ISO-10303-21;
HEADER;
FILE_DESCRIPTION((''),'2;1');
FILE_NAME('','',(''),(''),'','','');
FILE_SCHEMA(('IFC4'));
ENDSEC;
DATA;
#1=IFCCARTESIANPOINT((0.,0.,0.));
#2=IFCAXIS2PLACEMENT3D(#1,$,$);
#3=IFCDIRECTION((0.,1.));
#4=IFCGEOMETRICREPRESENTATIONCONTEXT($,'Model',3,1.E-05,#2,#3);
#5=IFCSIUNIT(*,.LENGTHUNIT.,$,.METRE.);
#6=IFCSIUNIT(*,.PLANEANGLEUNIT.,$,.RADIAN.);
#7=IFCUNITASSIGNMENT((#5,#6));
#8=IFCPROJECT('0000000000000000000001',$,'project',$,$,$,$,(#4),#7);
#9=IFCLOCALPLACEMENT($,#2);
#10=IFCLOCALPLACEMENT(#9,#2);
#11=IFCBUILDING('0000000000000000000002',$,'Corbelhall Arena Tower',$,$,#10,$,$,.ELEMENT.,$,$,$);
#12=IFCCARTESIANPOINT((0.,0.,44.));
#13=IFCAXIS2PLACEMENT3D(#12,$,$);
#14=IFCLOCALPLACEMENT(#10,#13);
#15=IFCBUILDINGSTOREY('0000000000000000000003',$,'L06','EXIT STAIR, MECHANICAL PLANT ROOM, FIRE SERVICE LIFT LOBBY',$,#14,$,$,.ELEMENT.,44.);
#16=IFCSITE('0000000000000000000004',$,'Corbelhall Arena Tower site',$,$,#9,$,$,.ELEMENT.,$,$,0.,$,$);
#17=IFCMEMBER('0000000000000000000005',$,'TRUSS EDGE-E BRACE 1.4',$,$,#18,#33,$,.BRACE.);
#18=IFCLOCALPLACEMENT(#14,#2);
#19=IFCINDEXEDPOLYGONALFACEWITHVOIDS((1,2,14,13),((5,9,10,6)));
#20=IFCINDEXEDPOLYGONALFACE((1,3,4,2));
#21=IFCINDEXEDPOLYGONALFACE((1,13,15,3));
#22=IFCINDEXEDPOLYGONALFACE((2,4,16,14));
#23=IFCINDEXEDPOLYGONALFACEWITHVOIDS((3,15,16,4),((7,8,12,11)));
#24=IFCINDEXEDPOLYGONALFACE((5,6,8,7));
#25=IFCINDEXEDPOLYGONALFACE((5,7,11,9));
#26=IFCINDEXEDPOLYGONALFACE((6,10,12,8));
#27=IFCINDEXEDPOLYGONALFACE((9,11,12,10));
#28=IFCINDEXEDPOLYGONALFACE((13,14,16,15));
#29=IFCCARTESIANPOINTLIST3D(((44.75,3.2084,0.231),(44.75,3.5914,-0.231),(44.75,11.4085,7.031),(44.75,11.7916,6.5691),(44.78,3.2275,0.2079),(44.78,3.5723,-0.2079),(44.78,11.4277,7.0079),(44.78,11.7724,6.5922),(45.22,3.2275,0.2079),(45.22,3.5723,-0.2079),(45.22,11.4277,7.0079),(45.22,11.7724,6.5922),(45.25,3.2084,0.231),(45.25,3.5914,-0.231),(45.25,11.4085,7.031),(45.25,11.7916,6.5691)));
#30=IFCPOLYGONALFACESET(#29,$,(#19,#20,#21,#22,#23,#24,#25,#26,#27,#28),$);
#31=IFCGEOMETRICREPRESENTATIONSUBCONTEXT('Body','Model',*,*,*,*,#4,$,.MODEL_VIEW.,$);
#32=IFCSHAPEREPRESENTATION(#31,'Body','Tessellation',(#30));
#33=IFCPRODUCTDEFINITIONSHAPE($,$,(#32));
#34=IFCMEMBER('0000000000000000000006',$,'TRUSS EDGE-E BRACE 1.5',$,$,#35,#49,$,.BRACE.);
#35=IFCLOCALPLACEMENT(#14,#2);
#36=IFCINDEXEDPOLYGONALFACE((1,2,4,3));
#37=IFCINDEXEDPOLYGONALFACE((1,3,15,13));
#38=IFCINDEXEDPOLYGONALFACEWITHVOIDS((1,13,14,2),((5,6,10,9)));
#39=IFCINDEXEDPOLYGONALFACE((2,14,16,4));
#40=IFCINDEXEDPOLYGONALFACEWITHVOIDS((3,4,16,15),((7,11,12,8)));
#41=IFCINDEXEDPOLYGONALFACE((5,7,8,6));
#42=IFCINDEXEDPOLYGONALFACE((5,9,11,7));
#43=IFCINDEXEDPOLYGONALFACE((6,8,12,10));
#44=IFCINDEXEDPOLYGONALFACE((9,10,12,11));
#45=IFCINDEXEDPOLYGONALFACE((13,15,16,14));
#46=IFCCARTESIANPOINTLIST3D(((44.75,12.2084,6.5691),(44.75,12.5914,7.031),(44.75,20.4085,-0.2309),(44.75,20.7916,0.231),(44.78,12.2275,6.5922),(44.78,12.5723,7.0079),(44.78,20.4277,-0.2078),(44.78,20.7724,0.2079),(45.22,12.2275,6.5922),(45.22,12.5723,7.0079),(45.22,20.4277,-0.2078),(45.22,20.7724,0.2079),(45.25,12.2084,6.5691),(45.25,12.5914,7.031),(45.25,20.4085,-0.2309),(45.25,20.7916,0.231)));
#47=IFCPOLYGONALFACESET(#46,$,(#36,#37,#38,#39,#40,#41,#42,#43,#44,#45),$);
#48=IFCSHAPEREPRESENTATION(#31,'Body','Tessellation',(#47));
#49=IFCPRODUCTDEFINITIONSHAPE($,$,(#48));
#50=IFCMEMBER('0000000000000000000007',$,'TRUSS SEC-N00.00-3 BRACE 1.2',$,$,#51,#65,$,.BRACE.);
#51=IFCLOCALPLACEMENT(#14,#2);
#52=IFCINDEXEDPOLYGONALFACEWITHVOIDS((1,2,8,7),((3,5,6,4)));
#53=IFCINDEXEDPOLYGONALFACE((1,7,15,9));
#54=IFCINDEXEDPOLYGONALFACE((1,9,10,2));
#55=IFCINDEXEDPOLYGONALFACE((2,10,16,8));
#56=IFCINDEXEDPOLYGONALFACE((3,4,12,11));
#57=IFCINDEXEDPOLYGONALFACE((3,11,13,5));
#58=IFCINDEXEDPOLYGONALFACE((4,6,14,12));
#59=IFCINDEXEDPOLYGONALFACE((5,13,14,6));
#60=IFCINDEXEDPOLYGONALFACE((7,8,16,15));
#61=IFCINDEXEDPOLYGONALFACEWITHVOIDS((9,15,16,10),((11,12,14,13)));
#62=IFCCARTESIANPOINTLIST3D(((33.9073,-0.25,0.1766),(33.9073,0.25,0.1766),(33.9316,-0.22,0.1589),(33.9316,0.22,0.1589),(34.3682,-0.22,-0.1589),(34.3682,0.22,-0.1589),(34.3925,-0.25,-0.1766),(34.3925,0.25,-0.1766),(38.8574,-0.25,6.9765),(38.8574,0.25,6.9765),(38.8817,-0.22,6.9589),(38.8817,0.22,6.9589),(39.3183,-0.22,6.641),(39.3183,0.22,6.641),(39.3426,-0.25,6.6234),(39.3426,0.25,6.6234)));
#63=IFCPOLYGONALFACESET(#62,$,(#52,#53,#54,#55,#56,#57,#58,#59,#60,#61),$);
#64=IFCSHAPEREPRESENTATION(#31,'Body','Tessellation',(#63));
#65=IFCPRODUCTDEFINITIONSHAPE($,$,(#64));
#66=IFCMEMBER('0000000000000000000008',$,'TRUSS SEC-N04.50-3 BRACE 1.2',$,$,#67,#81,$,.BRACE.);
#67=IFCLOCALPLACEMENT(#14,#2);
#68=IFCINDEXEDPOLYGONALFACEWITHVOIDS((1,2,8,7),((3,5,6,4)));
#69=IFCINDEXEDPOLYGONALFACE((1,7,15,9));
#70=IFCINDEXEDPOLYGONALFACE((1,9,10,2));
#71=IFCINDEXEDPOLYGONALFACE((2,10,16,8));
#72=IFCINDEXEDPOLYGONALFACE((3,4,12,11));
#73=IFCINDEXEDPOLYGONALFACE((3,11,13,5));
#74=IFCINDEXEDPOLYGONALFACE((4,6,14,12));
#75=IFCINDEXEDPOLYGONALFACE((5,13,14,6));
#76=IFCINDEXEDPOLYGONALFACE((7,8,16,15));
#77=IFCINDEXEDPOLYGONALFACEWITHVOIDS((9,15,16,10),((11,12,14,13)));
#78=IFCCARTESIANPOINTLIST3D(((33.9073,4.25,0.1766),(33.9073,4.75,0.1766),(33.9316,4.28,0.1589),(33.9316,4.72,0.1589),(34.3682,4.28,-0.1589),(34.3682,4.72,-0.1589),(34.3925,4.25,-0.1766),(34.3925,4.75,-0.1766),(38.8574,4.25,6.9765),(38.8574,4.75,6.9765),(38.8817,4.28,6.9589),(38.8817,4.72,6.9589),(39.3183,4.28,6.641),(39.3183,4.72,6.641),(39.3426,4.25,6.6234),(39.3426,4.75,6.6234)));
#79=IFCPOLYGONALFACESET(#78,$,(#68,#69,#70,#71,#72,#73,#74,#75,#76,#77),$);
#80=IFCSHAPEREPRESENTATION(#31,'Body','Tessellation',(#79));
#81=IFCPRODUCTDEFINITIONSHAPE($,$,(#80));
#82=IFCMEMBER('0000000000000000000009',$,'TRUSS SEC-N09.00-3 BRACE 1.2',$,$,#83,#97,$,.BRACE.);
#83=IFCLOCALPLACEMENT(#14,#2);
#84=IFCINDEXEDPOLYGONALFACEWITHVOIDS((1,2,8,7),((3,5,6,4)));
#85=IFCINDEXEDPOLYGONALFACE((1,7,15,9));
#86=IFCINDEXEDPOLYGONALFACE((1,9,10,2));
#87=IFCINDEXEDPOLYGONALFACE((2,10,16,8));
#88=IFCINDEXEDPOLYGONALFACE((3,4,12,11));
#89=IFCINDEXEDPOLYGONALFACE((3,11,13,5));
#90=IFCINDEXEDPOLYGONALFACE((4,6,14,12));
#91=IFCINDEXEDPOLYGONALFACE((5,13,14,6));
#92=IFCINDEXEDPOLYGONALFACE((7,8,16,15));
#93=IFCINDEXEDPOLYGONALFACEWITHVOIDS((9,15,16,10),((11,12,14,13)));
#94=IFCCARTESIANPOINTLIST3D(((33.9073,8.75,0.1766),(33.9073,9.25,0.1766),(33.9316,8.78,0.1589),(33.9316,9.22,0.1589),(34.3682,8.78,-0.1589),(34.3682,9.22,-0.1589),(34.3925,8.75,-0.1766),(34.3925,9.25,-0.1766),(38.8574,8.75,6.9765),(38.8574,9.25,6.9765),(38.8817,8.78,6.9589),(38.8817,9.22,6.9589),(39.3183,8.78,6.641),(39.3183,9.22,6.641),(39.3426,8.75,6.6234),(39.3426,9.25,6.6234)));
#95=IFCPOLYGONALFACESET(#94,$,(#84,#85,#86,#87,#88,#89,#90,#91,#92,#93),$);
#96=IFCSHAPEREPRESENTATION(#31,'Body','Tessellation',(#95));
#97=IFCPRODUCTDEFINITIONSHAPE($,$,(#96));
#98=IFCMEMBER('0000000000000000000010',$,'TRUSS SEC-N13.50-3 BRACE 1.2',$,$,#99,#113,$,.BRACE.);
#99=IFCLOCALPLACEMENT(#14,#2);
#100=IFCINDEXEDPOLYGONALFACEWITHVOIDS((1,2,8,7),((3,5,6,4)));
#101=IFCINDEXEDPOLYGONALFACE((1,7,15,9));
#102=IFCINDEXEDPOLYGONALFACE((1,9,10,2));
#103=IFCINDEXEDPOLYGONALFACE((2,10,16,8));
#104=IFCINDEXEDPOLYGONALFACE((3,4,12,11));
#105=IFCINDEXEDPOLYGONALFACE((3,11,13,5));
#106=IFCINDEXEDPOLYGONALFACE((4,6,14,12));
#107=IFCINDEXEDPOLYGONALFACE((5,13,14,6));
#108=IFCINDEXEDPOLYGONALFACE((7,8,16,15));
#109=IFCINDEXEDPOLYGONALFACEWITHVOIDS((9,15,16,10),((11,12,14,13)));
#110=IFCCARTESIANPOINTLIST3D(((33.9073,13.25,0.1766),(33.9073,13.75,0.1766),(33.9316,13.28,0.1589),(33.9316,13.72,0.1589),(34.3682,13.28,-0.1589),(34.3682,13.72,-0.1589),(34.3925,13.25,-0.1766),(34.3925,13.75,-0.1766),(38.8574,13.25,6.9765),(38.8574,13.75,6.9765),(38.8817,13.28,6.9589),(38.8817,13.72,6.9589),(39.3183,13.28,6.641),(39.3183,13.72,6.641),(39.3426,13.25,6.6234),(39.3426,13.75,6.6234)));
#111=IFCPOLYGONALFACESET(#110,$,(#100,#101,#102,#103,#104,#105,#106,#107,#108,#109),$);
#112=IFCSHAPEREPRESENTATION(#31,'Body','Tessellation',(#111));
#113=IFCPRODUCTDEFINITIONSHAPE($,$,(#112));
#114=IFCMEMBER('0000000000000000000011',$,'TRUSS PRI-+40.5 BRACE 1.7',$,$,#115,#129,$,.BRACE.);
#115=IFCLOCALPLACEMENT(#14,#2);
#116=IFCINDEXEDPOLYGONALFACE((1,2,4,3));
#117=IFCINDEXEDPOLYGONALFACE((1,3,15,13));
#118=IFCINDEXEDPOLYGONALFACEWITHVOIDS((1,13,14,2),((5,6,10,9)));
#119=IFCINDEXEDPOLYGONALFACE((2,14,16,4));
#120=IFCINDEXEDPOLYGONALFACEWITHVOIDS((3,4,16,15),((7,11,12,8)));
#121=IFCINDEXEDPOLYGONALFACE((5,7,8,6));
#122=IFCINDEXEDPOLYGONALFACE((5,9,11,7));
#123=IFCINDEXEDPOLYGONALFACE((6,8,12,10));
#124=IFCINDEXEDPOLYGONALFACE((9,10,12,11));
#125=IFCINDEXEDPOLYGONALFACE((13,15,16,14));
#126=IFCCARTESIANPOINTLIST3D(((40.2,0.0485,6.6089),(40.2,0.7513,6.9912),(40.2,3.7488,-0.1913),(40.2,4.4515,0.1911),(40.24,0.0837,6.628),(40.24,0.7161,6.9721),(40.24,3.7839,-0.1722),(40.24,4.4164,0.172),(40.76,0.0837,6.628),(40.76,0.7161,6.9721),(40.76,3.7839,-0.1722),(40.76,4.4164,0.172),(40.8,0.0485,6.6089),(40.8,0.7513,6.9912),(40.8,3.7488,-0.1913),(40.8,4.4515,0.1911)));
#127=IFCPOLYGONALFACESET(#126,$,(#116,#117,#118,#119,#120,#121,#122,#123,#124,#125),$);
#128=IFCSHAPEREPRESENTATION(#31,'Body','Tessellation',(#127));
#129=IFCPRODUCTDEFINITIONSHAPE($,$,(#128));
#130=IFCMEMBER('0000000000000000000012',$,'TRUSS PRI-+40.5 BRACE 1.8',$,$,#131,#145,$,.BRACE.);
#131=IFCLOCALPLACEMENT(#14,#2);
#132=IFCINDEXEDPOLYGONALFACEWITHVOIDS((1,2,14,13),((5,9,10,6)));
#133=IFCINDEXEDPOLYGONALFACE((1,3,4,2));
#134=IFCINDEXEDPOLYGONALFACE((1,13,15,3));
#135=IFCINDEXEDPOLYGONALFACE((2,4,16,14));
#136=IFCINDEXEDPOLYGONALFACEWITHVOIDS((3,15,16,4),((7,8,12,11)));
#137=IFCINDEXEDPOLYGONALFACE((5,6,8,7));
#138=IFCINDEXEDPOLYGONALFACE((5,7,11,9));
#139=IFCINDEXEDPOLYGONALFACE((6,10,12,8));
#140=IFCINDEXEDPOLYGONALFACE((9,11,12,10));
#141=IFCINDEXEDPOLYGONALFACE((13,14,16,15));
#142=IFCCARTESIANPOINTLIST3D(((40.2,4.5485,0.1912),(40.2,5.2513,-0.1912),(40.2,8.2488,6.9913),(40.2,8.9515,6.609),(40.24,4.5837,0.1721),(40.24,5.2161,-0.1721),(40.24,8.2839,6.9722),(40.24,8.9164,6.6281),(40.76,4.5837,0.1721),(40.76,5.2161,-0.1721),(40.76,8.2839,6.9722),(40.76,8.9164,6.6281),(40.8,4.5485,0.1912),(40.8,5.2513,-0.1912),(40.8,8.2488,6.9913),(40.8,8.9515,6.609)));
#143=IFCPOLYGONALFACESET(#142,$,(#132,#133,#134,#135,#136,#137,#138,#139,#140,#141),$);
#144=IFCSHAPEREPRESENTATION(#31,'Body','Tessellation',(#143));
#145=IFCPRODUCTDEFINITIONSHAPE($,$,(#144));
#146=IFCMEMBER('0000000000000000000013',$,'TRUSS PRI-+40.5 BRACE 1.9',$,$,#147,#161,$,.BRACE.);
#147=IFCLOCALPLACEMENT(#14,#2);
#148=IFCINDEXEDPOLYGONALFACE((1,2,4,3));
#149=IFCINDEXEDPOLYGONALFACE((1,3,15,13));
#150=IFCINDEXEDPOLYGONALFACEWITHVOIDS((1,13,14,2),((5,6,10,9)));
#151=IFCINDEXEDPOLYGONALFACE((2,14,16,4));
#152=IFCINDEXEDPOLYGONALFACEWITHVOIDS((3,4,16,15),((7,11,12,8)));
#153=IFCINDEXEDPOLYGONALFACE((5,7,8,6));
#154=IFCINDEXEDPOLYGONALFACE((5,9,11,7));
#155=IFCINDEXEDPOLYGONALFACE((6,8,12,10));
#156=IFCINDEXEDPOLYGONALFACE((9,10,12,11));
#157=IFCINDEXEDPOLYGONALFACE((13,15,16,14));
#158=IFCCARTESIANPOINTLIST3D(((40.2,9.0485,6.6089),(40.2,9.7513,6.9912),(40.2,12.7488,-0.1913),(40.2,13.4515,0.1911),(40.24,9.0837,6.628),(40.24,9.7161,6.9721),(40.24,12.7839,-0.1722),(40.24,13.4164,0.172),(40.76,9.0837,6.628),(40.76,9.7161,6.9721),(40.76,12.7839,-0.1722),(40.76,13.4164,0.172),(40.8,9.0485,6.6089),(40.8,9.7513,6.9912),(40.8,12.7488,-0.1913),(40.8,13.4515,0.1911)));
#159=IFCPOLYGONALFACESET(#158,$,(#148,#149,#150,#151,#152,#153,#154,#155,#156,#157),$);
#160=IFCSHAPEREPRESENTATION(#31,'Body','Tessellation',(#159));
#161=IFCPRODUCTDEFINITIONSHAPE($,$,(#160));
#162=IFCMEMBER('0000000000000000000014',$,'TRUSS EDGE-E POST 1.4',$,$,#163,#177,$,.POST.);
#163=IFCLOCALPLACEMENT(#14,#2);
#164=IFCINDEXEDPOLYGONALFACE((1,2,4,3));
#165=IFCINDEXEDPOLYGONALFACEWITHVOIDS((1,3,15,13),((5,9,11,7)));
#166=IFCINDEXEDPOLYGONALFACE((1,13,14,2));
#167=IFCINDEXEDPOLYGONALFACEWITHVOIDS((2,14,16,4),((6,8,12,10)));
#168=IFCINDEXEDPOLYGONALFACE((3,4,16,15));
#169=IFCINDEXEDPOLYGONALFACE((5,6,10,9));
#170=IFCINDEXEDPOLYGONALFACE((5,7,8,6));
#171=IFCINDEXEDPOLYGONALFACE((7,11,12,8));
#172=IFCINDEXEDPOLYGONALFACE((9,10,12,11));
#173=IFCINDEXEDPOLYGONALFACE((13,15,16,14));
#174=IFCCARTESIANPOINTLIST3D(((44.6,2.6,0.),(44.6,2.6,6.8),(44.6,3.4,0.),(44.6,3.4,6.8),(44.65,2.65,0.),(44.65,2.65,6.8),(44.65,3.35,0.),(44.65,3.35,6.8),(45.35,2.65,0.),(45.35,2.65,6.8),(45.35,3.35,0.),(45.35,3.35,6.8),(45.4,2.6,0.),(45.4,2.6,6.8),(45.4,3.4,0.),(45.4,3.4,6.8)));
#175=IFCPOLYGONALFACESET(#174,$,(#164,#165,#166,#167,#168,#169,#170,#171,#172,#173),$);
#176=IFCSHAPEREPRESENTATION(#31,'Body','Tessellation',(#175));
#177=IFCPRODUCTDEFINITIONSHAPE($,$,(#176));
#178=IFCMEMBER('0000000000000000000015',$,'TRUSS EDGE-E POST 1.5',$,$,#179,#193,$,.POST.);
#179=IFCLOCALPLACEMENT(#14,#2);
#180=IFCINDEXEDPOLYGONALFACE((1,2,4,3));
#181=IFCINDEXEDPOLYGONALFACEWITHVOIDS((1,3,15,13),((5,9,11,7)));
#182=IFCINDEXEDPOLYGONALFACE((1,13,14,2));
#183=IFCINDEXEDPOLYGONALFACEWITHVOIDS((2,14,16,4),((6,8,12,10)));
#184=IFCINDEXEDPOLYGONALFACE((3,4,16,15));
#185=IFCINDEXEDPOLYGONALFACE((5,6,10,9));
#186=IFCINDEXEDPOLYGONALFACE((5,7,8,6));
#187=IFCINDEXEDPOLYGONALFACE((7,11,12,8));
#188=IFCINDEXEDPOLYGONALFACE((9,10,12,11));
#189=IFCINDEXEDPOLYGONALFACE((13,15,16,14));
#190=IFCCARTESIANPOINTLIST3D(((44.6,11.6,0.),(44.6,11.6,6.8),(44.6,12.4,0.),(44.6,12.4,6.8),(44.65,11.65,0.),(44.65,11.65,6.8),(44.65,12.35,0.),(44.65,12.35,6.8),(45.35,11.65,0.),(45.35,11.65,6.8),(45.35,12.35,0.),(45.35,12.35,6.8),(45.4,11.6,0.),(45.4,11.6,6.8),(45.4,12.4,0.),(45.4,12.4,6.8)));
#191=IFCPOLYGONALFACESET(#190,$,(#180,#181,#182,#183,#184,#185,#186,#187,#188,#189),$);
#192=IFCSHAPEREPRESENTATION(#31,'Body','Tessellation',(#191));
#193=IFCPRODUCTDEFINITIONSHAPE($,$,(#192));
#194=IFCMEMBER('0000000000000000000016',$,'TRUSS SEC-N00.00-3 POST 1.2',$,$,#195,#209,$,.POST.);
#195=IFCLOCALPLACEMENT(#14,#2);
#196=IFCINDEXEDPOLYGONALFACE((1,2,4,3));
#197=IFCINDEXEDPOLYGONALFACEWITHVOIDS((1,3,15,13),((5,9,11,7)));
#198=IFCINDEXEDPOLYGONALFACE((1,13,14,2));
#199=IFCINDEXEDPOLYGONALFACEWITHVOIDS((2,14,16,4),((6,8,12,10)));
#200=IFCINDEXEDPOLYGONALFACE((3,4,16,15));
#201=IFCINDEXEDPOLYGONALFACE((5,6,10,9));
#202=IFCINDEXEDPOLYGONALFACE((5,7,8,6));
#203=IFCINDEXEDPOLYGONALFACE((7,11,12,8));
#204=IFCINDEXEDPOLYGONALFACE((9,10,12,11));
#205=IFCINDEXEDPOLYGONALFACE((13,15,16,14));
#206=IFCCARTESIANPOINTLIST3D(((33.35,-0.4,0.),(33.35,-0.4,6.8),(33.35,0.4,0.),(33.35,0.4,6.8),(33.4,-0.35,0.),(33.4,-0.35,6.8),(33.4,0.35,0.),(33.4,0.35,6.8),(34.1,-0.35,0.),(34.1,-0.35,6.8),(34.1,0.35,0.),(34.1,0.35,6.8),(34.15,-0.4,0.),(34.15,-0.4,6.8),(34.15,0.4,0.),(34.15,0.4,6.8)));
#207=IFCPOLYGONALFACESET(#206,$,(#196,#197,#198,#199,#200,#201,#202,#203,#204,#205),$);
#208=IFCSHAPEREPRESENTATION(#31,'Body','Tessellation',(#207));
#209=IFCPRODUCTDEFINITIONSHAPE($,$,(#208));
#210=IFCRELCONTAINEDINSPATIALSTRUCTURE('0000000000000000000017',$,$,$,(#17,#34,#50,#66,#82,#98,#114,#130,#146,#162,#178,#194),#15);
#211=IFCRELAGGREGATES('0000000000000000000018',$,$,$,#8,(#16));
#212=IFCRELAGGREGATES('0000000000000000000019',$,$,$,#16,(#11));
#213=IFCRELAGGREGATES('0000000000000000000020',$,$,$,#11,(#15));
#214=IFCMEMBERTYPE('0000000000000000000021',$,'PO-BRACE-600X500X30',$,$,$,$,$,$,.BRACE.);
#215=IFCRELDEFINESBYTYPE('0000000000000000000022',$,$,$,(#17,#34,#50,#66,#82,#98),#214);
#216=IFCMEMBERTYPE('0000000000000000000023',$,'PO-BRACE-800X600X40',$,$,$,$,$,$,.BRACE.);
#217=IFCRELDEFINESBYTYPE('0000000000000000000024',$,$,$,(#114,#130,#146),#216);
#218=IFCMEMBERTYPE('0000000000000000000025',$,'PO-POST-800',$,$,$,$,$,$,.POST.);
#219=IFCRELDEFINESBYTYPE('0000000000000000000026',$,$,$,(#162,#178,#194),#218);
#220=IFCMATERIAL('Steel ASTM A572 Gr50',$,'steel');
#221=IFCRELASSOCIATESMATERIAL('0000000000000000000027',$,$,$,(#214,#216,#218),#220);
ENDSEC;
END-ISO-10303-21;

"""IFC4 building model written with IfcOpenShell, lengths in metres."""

from ifc_helpers import new_model, si_unit, direction, frame, origin, origin_2d, place, context, subcontext, project, spatial, hollow_rectangle, extrude, material, material_profile, profile_set, type_object, element, save


model = new_model("IFC4")

# Units and contexts
model_context = context("Model", 3, precision=1e-05, world=origin(), true_north=direction((0.0, 1.0)))
body_context = subcontext(model_context, "Body", "Model", "MODEL_VIEW")
ifc_project = project(units=[si_unit("LENGTHUNIT", "METRE"), si_unit("PLANEANGLEUNIT", "RADIAN")], contexts=[model_context])

# Site, building, storey
site_placement = place(None, origin())
site = spatial("IfcSite", under=ifc_project, at=site_placement, Name="Corbelhall Arena Tower site", CompositionType="ELEMENT", RefElevation=0.0)
building_placement = place(site_placement, origin())
building = spatial("IfcBuilding", under=site, at=building_placement, Name="Corbelhall Arena Tower", CompositionType="ELEMENT")
storey_placement = place(building_placement, frame((0.0, 0.0, 44.0)))
storey = spatial("IfcBuildingStorey", under=building, at=storey_placement, Name="L06", Description="EXIT STAIR, MECHANICAL PLANT ROOM, FIRE SERVICE LIFT LOBBY", CompositionType="ELEMENT", Elevation=44.0)

# Members
ifc_material_1 = material(Name="Steel ASTM A572 Gr50", Category="steel")
ifc_material_profile_1 = material_profile(ifc_material_1, hollow_rectangle(XDim=0.5, YDim=0.6001, WallThickness=0.03, at=origin_2d()))
ifc_profile_set_1 = profile_set([ifc_material_profile_1], Name="Steel ASTM A572 Gr50")
member_type_1 = type_object("IfcMemberType", Name="PO-BRACE-600X500X30", PredefinedType="BRACE", material=ifc_profile_set_1)
for number, where, z_axis, x_axis, name in (
    (1, (45.0, 3.3999, 0.0), (0.0, 0.769763, 0.63833), (-1.0, 0.0, 0.0), "TRUSS EDGE-E BRACE 1.4"),
    (2, (45.0, 12.3999, 6.8), (0.0, 0.769763, -0.63833), (-1.0, 0.0, 0.0), "TRUSS EDGE-E BRACE 1.5"),
):
    element("IfcMember", number, at=place(storey_placement, frame(where, z_axis=z_axis, x_axis=x_axis)), inside=storey, type_object=member_type_1, Name=name, PredefinedType="BRACE", context=body_context, shape_type="SweptSolid", body=[
        extrude(hollow_rectangle(XDim=0.5, YDim=0.6001, WallThickness=0.03, at=origin_2d()), origin(), (0.0, 0.0, 1.0), 10.6528),
    ])
for number, where, z_axis, x_axis, name in (
    (3, (34.1499, 0.0, 0.0), (0.588538, 0.0, 0.80847), (0.0, 1.0, 0.0), "TRUSS SEC-N00.00-3 BRACE 1.2"),
    (4, (34.1499, 4.5, 0.0), (0.588538, 0.0, 0.80847), (0.0, 1.0, 0.0), "TRUSS SEC-N04.50-3 BRACE 1.2"),
    (5, (34.1499, 9.0, 0.0), (0.588538, 0.0, 0.80847), (0.0, 1.0, 0.0), "TRUSS SEC-N09.00-3 BRACE 1.2"),
    (6, (34.1499, 13.5, 0.0), (0.588538, 0.0, 0.80847), (0.0, 1.0, 0.0), "TRUSS SEC-N13.50-3 BRACE 1.2"),
):
    element("IfcMember", number, at=place(storey_placement, frame(where, z_axis=z_axis, x_axis=x_axis)), inside=storey, type_object=member_type_1, Name=name, PredefinedType="BRACE", context=body_context, shape_type="SweptSolid", body=[
        extrude(hollow_rectangle(XDim=0.5, YDim=0.6001, WallThickness=0.03, at=origin_2d()), origin(), (0.0, 0.0, 1.0), 8.4109),
    ])
ifc_material_profile_2 = material_profile(ifc_material_1, hollow_rectangle(XDim=0.6001, YDim=0.8, WallThickness=0.04, at=origin_2d()))
ifc_profile_set_2 = profile_set([ifc_material_profile_2], Name="Steel ASTM A572 Gr50")
member_type_2 = type_object("IfcMemberType", Name="PO-BRACE-800X600X40", PredefinedType="BRACE", material=ifc_profile_set_2)
for number, where, z_axis, x_axis, name in (
    (7, (40.5, 0.3999, 6.8), (0.0, 0.477964, -0.87838), (-1.0, 0.0, 0.0), "TRUSS PRI-+40.5 BRACE 1.7"),
    (8, (40.5, 4.8999, 0.0), (0.0, 0.477964, 0.87838), (-1.0, 0.0, 0.0), "TRUSS PRI-+40.5 BRACE 1.8"),
    (9, (40.5, 9.3999, 6.8), (0.0, 0.477964, -0.87838), (-1.0, 0.0, 0.0), "TRUSS PRI-+40.5 BRACE 1.9"),
):
    element("IfcMember", number, at=place(storey_placement, frame(where, z_axis=z_axis, x_axis=x_axis)), inside=storey, type_object=member_type_2, Name=name, PredefinedType="BRACE", context=body_context, shape_type="SweptSolid", body=[
        extrude(hollow_rectangle(XDim=0.6001, YDim=0.8, WallThickness=0.04, at=origin_2d()), origin(), (0.0, 0.0, 1.0), 7.7417),
    ])
ifc_material_profile_3 = material_profile(ifc_material_1, hollow_rectangle(XDim=0.8, YDim=0.8, WallThickness=0.05, at=origin_2d()))
ifc_profile_set_3 = profile_set([ifc_material_profile_3], Name="Steel ASTM A572 Gr50")
member_type_3 = type_object("IfcMemberType", Name="PO-POST-800", PredefinedType="POST", material=ifc_profile_set_3)
for number, where, z_axis, x_axis, name in (
    (10, (45.0, 3.0, 0.0), (0.0, 0.0, 1.0), (1.0, 0.0, 0.0), "TRUSS EDGE-E POST 1.4"),
    (11, (45.0, 12.0, 0.0), (0.0, 0.0, 1.0), (1.0, 0.0, 0.0), "TRUSS EDGE-E POST 1.5"),
    (12, (33.75, 0.0, 0.0), (0.0, 0.0, 1.0), (1.0, 0.0, 0.0), "TRUSS SEC-N00.00-3 POST 1.2"),
):
    element("IfcMember", number, at=place(storey_placement, frame(where, z_axis=z_axis, x_axis=x_axis)), inside=storey, type_object=member_type_3, Name=name, PredefinedType="POST", context=body_context, shape_type="SweptSolid", body=[
        extrude(hollow_rectangle(XDim=0.8, YDim=0.8, WallThickness=0.05, at=origin_2d()), origin(), (0.0, 0.0, 1.0), 6.8),
    ])

save(model, "model.ifc")
